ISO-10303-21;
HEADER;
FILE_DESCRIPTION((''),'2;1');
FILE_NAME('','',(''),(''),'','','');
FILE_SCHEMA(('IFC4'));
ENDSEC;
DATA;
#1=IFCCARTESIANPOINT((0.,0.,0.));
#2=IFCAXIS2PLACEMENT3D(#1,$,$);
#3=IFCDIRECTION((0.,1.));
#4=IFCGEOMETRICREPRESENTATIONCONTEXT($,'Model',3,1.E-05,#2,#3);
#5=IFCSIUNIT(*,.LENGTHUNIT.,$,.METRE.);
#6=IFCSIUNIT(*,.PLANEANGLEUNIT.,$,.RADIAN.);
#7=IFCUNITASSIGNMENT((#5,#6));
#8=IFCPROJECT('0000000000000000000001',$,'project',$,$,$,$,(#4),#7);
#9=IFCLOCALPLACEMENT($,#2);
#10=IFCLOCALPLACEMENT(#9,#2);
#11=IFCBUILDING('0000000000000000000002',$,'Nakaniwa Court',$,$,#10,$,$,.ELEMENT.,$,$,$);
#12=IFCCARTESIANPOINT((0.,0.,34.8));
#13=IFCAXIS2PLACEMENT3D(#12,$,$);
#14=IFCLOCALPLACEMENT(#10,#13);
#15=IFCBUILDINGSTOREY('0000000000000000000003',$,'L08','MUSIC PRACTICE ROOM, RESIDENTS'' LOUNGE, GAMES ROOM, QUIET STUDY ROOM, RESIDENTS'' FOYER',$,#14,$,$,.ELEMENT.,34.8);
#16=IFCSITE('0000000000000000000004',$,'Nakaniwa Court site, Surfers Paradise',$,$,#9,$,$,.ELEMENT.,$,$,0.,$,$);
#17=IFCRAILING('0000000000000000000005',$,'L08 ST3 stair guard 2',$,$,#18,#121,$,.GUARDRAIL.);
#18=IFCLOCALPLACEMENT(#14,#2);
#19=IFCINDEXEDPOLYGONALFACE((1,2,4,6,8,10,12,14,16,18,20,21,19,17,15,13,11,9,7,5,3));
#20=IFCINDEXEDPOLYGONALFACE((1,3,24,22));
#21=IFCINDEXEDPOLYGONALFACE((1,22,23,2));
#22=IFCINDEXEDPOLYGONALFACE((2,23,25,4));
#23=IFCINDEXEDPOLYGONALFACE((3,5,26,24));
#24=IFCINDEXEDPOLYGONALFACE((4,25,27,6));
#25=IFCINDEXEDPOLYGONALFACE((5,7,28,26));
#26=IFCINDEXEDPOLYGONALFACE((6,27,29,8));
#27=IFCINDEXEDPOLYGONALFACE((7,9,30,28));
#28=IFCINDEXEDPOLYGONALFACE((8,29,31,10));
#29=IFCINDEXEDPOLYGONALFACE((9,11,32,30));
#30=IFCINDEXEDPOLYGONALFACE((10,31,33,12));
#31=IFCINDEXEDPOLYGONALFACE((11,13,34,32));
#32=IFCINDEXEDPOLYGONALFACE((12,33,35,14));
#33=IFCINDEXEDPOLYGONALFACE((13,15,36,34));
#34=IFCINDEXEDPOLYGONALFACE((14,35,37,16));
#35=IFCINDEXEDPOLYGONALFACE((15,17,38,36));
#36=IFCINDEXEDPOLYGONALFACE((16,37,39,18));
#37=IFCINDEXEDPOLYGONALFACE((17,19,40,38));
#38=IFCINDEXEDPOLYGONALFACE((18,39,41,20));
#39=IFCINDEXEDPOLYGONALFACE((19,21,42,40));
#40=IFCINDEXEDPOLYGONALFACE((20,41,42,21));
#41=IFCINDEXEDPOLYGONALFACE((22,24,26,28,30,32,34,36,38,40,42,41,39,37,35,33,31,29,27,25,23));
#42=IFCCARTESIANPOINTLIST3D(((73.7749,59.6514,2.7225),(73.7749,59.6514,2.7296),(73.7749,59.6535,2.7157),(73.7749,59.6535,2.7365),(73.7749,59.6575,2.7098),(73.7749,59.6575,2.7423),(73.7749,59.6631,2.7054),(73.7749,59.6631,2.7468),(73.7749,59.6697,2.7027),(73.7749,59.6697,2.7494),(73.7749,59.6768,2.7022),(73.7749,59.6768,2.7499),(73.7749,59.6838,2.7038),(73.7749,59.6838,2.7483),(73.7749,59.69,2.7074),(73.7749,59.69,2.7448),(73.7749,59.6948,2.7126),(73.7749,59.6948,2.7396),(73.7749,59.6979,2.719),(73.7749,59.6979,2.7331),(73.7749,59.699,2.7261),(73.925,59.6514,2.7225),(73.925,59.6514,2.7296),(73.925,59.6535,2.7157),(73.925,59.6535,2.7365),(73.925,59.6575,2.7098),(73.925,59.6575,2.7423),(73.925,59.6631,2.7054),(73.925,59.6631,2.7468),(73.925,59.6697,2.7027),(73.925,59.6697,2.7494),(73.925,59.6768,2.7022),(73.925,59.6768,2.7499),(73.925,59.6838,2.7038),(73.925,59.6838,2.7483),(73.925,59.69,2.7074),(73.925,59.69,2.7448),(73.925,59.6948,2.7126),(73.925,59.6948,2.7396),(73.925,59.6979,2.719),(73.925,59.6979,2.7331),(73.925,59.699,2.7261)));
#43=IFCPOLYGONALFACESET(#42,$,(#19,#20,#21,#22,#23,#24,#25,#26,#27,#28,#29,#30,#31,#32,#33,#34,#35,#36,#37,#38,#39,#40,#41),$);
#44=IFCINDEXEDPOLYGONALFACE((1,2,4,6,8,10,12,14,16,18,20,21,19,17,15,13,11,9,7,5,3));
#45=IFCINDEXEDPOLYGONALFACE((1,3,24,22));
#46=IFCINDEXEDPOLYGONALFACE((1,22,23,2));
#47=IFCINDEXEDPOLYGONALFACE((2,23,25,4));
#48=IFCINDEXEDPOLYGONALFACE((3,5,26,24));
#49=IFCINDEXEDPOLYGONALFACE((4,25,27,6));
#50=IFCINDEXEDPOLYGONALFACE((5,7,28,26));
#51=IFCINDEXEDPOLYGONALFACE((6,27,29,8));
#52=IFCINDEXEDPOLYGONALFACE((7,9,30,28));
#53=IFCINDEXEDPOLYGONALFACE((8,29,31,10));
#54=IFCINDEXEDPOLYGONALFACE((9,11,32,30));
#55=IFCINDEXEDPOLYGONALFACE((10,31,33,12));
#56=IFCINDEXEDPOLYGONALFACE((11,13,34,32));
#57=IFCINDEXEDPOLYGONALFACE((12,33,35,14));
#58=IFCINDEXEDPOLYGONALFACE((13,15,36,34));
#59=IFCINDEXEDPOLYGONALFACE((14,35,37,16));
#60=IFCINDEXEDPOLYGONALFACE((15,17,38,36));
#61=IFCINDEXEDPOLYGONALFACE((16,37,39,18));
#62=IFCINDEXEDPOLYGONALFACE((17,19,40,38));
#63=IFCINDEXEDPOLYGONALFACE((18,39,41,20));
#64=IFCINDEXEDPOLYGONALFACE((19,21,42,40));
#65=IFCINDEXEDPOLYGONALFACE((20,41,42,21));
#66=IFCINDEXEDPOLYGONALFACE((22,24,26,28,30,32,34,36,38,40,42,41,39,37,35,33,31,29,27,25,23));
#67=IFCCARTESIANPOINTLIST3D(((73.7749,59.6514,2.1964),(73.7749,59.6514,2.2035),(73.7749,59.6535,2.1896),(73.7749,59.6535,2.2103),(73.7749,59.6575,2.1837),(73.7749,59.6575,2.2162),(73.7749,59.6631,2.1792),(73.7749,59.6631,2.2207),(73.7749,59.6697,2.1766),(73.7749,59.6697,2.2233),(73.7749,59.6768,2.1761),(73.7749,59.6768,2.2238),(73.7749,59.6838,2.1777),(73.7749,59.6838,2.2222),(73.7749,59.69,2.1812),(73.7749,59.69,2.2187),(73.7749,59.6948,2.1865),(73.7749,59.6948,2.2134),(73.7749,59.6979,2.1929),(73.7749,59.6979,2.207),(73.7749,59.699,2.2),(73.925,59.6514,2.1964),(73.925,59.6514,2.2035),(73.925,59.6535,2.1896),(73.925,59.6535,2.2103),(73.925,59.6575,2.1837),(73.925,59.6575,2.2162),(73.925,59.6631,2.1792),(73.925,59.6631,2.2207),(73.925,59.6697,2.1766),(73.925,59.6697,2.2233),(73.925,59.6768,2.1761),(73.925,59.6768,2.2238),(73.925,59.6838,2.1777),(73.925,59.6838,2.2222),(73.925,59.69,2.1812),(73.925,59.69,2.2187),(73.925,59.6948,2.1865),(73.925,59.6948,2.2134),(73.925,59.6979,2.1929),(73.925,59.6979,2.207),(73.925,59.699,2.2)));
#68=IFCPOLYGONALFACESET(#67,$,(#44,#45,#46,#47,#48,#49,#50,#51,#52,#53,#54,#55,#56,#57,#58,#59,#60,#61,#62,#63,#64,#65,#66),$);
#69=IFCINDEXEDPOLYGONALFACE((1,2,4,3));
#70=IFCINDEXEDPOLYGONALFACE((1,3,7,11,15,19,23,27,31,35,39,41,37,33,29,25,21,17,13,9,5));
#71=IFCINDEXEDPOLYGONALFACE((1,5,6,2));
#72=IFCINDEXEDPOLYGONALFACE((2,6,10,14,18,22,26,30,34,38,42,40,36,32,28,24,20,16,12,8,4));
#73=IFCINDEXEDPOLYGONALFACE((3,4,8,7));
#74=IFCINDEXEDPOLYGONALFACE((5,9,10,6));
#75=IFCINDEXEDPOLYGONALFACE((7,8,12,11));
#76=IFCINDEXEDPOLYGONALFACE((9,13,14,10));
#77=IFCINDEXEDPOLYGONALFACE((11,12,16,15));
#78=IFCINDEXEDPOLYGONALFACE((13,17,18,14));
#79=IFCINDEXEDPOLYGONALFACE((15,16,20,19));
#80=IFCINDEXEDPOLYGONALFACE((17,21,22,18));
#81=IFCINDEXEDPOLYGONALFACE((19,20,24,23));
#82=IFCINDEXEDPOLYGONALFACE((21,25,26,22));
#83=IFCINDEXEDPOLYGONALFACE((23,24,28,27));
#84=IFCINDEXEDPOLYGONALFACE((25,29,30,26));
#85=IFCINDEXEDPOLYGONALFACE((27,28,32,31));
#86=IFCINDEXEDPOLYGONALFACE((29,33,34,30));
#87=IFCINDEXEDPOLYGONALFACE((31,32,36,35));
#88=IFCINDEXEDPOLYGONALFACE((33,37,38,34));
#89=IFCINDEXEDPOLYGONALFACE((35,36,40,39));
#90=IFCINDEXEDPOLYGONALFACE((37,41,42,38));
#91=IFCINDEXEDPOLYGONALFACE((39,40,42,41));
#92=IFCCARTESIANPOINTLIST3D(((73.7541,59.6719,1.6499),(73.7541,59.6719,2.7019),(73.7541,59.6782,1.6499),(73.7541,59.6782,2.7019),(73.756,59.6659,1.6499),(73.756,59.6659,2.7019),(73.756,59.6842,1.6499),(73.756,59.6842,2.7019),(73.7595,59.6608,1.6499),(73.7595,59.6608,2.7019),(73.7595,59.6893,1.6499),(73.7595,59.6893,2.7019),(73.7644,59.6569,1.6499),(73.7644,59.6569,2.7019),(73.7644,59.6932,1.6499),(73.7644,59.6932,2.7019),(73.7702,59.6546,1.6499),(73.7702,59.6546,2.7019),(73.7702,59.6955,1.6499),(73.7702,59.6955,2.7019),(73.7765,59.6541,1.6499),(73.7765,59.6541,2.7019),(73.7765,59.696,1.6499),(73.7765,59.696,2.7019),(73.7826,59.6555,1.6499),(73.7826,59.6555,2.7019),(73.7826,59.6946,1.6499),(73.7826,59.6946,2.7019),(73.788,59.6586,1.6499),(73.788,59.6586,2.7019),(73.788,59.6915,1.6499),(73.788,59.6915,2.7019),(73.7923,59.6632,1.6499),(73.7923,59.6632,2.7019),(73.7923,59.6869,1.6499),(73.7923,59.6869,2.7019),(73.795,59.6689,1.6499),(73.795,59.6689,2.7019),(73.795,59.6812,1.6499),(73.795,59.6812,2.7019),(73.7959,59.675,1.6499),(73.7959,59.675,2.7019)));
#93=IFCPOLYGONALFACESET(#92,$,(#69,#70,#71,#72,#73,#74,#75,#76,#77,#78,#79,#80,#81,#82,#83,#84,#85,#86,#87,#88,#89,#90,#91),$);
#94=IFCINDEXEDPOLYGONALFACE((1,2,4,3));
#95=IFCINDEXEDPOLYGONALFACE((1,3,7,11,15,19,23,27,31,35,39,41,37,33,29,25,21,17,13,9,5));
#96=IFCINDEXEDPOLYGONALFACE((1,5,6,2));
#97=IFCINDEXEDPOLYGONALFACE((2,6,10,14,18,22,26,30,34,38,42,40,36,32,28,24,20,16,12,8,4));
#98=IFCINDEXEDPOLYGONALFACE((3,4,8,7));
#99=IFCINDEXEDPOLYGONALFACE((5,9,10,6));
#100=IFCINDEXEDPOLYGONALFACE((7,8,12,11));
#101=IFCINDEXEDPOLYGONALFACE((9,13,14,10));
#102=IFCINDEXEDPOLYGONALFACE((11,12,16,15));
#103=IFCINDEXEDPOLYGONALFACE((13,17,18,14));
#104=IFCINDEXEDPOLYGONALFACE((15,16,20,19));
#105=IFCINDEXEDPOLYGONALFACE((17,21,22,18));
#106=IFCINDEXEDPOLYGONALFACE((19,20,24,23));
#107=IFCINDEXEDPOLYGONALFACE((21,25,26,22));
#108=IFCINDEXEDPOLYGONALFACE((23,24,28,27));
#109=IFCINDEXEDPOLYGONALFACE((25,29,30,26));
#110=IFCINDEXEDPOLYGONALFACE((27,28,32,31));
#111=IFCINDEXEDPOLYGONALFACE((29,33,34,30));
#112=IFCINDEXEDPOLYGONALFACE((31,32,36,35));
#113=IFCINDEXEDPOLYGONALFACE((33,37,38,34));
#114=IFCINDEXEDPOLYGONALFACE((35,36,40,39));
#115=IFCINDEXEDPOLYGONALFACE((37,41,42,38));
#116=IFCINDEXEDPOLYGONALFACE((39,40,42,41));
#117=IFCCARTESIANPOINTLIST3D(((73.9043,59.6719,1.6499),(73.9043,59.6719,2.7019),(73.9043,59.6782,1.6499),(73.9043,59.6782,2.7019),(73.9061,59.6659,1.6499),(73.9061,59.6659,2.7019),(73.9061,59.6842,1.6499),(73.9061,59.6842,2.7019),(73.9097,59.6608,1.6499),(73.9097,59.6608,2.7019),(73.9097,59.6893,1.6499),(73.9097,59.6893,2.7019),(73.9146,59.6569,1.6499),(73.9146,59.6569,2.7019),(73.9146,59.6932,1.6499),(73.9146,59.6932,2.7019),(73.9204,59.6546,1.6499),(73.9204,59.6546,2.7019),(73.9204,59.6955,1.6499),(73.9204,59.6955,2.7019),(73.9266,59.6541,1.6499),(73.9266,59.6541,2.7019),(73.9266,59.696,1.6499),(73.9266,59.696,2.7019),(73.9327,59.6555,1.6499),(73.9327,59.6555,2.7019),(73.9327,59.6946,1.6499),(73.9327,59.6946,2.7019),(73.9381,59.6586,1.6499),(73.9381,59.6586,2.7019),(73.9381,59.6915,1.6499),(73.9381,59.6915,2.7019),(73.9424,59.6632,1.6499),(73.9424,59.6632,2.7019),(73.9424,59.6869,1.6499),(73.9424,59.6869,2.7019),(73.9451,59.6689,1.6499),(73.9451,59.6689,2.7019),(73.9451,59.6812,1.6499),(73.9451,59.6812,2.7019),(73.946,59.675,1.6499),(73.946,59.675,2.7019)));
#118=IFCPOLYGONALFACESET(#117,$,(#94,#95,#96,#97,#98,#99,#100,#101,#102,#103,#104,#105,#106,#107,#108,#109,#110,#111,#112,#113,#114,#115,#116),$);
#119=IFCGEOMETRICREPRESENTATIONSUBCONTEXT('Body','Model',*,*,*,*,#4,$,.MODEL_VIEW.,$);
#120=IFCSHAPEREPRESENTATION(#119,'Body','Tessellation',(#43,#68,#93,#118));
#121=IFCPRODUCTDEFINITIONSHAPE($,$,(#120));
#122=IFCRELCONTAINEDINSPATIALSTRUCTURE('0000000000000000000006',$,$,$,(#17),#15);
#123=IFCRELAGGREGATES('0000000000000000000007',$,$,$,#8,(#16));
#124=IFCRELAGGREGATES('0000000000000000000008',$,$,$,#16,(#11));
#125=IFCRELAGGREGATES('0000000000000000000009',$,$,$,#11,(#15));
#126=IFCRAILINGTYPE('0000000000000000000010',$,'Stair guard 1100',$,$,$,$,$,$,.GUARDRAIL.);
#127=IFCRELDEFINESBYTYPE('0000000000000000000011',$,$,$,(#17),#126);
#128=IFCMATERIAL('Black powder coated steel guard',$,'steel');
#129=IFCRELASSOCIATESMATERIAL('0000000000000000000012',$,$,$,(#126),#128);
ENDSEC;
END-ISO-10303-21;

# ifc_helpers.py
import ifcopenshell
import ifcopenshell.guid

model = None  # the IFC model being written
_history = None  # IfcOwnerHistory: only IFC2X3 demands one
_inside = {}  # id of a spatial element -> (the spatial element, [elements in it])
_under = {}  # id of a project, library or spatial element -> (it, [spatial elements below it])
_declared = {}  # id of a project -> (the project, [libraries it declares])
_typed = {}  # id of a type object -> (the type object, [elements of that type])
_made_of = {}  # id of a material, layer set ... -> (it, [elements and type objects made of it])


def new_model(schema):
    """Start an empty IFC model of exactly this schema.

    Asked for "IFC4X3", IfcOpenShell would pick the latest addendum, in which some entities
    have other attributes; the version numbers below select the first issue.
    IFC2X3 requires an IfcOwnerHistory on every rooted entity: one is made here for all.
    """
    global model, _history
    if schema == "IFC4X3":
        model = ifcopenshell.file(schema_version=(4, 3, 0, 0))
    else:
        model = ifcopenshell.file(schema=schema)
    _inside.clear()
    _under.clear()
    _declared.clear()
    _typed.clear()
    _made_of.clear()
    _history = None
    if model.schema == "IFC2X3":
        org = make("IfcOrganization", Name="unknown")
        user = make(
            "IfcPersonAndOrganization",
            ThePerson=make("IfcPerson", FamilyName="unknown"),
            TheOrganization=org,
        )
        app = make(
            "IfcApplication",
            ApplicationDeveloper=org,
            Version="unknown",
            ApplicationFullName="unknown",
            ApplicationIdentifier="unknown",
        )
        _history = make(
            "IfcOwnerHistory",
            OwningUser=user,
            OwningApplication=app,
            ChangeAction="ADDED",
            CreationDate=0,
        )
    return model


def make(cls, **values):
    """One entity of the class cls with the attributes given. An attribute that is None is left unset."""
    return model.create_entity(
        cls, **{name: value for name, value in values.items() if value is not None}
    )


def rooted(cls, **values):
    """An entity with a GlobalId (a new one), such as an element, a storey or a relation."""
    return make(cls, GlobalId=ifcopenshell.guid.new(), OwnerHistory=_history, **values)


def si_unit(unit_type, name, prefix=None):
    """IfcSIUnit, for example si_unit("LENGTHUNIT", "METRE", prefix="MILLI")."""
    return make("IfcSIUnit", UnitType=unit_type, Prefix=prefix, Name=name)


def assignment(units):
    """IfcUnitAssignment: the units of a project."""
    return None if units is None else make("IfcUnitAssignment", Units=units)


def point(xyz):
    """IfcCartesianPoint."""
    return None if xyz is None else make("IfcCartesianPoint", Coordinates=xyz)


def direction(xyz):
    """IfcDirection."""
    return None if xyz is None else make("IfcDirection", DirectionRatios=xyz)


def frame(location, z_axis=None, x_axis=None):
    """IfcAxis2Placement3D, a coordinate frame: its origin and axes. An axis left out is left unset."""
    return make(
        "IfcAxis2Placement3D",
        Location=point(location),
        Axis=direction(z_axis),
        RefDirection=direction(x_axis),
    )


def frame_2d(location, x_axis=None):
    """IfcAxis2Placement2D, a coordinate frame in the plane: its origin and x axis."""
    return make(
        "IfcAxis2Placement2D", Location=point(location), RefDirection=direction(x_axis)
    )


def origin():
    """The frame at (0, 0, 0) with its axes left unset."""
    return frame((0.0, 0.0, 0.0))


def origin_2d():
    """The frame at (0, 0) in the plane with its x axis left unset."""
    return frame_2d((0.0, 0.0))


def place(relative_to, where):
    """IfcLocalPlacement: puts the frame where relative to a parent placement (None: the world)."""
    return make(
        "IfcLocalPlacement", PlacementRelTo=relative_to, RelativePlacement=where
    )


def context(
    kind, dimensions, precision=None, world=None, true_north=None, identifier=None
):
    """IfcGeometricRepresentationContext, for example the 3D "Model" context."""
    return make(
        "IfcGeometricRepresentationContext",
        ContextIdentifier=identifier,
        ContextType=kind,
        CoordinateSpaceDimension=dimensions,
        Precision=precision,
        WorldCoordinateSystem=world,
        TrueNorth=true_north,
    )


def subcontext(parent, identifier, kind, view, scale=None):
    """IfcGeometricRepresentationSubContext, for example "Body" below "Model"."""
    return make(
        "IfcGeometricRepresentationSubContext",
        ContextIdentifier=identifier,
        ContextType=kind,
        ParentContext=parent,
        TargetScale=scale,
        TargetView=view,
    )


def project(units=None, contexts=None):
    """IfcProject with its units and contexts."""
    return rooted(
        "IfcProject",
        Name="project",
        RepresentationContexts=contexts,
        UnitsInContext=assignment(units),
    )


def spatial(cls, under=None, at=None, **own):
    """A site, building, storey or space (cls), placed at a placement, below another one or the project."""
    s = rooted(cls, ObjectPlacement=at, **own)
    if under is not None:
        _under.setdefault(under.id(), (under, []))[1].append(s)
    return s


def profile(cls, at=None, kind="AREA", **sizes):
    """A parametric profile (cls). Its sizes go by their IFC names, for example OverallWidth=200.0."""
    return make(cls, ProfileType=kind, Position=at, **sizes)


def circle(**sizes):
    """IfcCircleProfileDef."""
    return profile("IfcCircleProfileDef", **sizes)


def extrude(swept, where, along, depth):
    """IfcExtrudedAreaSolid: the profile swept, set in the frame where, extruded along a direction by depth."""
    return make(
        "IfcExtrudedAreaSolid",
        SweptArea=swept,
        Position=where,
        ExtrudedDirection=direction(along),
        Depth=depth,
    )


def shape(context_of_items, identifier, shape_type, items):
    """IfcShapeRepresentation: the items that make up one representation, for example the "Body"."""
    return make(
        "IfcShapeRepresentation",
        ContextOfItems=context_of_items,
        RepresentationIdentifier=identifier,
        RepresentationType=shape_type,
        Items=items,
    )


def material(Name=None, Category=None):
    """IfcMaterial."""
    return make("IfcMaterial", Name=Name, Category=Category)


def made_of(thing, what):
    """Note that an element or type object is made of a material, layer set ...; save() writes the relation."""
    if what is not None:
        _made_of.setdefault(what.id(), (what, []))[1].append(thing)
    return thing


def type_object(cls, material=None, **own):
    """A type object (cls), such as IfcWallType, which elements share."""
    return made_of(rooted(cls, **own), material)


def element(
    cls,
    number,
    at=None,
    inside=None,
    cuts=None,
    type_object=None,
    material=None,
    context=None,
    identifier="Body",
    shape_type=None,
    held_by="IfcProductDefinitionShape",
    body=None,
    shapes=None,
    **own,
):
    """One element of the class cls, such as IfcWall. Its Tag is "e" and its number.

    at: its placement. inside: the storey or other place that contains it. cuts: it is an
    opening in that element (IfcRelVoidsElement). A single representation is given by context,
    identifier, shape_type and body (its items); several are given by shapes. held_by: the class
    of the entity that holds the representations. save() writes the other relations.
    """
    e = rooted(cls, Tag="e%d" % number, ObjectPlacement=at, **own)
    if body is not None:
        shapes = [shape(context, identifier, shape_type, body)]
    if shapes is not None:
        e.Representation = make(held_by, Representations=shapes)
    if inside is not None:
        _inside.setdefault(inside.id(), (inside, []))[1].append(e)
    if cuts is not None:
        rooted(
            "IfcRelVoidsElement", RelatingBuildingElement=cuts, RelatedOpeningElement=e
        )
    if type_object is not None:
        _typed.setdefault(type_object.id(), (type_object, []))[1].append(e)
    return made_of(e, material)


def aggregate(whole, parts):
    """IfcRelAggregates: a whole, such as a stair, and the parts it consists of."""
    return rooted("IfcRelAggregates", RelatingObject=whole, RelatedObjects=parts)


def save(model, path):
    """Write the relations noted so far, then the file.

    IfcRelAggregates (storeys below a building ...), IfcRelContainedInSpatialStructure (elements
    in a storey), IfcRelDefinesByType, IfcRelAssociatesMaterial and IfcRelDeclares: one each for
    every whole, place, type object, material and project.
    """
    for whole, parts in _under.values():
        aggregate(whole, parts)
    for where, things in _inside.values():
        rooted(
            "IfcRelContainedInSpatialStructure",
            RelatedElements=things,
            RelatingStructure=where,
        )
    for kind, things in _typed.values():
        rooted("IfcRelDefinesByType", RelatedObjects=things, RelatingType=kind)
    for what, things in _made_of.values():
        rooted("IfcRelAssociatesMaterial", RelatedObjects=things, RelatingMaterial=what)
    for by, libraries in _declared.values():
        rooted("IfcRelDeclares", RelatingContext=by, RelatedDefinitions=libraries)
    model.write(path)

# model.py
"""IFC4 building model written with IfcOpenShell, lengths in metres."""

from ifc_helpers import new_model, si_unit, direction, frame, origin, origin_2d, place, context, subcontext, project, spatial, circle, extrude, material, type_object, element, save


model = new_model("IFC4")

# Units and contexts
model_context = context("Model", 3, precision=1e-05, world=origin(), true_north=direction((0.0, 1.0)))
body_context = subcontext(model_context, "Body", "Model", "MODEL_VIEW")
ifc_project = project(units=[si_unit("LENGTHUNIT", "METRE"), si_unit("PLANEANGLEUNIT", "RADIAN")], contexts=[model_context])

# Site, building, storey
site_placement = place(None, origin())
site = spatial("IfcSite", under=ifc_project, at=site_placement, Name="Nakaniwa Court site, Surfers Paradise", CompositionType="ELEMENT", RefElevation=0.0)
building_placement = place(site_placement, origin())
building = spatial("IfcBuilding", under=site, at=building_placement, Name="Nakaniwa Court", CompositionType="ELEMENT")
storey_placement = place(building_placement, frame((0.0, 0.0, 34.8)))
storey = spatial("IfcBuildingStorey", under=building, at=storey_placement, Name="L08", Description="MUSIC PRACTICE ROOM, RESIDENTS' LOUNGE, GAMES ROOM, QUIET STUDY ROOM, RESIDENTS' FOYER", CompositionType="ELEMENT", Elevation=34.8)

# Railing
ifc_material_1 = material(Name="Black powder coated steel guard", Category="steel")
railing_type_1 = type_object("IfcRailingType", Name="Stair guard 1100", PredefinedType="GUARDRAIL", material=ifc_material_1)
railing_1_placement = place(storey_placement, frame((73.7749, 59.675, 1.6499)))
element("IfcRailing", 1, at=railing_1_placement, inside=storey, type_object=railing_type_1, Name="L08 ST3 stair guard 2", PredefinedType="GUARDRAIL", context=body_context, shape_type="SweptSolid", body=[
    extrude(circle(Radius=0.0239, at=origin_2d()), frame((0.0, 0.0, 1.0762), z_axis=(1.0, 0.0, 0.0), x_axis=(0.0, 1.0, 0.0)), (0.0, 0.0, 1.0), 0.1501),
    extrude(circle(Radius=0.0239, at=origin_2d()), frame((0.0, 0.0, 0.55), z_axis=(1.0, 0.0, 0.0), x_axis=(0.0, 1.0, 0.0)), (0.0, 0.0, 1.0), 0.1501),
    extrude(circle(Radius=0.021, at=origin_2d()), origin(), (0.0, 0.0, 1.0), 1.052),
    extrude(circle(Radius=0.021, at=origin_2d()), frame((0.1501, 0.0, 0.0)), (0.0, 0.0, 1.0), 1.052),
])

save(model, "model.ifc")
